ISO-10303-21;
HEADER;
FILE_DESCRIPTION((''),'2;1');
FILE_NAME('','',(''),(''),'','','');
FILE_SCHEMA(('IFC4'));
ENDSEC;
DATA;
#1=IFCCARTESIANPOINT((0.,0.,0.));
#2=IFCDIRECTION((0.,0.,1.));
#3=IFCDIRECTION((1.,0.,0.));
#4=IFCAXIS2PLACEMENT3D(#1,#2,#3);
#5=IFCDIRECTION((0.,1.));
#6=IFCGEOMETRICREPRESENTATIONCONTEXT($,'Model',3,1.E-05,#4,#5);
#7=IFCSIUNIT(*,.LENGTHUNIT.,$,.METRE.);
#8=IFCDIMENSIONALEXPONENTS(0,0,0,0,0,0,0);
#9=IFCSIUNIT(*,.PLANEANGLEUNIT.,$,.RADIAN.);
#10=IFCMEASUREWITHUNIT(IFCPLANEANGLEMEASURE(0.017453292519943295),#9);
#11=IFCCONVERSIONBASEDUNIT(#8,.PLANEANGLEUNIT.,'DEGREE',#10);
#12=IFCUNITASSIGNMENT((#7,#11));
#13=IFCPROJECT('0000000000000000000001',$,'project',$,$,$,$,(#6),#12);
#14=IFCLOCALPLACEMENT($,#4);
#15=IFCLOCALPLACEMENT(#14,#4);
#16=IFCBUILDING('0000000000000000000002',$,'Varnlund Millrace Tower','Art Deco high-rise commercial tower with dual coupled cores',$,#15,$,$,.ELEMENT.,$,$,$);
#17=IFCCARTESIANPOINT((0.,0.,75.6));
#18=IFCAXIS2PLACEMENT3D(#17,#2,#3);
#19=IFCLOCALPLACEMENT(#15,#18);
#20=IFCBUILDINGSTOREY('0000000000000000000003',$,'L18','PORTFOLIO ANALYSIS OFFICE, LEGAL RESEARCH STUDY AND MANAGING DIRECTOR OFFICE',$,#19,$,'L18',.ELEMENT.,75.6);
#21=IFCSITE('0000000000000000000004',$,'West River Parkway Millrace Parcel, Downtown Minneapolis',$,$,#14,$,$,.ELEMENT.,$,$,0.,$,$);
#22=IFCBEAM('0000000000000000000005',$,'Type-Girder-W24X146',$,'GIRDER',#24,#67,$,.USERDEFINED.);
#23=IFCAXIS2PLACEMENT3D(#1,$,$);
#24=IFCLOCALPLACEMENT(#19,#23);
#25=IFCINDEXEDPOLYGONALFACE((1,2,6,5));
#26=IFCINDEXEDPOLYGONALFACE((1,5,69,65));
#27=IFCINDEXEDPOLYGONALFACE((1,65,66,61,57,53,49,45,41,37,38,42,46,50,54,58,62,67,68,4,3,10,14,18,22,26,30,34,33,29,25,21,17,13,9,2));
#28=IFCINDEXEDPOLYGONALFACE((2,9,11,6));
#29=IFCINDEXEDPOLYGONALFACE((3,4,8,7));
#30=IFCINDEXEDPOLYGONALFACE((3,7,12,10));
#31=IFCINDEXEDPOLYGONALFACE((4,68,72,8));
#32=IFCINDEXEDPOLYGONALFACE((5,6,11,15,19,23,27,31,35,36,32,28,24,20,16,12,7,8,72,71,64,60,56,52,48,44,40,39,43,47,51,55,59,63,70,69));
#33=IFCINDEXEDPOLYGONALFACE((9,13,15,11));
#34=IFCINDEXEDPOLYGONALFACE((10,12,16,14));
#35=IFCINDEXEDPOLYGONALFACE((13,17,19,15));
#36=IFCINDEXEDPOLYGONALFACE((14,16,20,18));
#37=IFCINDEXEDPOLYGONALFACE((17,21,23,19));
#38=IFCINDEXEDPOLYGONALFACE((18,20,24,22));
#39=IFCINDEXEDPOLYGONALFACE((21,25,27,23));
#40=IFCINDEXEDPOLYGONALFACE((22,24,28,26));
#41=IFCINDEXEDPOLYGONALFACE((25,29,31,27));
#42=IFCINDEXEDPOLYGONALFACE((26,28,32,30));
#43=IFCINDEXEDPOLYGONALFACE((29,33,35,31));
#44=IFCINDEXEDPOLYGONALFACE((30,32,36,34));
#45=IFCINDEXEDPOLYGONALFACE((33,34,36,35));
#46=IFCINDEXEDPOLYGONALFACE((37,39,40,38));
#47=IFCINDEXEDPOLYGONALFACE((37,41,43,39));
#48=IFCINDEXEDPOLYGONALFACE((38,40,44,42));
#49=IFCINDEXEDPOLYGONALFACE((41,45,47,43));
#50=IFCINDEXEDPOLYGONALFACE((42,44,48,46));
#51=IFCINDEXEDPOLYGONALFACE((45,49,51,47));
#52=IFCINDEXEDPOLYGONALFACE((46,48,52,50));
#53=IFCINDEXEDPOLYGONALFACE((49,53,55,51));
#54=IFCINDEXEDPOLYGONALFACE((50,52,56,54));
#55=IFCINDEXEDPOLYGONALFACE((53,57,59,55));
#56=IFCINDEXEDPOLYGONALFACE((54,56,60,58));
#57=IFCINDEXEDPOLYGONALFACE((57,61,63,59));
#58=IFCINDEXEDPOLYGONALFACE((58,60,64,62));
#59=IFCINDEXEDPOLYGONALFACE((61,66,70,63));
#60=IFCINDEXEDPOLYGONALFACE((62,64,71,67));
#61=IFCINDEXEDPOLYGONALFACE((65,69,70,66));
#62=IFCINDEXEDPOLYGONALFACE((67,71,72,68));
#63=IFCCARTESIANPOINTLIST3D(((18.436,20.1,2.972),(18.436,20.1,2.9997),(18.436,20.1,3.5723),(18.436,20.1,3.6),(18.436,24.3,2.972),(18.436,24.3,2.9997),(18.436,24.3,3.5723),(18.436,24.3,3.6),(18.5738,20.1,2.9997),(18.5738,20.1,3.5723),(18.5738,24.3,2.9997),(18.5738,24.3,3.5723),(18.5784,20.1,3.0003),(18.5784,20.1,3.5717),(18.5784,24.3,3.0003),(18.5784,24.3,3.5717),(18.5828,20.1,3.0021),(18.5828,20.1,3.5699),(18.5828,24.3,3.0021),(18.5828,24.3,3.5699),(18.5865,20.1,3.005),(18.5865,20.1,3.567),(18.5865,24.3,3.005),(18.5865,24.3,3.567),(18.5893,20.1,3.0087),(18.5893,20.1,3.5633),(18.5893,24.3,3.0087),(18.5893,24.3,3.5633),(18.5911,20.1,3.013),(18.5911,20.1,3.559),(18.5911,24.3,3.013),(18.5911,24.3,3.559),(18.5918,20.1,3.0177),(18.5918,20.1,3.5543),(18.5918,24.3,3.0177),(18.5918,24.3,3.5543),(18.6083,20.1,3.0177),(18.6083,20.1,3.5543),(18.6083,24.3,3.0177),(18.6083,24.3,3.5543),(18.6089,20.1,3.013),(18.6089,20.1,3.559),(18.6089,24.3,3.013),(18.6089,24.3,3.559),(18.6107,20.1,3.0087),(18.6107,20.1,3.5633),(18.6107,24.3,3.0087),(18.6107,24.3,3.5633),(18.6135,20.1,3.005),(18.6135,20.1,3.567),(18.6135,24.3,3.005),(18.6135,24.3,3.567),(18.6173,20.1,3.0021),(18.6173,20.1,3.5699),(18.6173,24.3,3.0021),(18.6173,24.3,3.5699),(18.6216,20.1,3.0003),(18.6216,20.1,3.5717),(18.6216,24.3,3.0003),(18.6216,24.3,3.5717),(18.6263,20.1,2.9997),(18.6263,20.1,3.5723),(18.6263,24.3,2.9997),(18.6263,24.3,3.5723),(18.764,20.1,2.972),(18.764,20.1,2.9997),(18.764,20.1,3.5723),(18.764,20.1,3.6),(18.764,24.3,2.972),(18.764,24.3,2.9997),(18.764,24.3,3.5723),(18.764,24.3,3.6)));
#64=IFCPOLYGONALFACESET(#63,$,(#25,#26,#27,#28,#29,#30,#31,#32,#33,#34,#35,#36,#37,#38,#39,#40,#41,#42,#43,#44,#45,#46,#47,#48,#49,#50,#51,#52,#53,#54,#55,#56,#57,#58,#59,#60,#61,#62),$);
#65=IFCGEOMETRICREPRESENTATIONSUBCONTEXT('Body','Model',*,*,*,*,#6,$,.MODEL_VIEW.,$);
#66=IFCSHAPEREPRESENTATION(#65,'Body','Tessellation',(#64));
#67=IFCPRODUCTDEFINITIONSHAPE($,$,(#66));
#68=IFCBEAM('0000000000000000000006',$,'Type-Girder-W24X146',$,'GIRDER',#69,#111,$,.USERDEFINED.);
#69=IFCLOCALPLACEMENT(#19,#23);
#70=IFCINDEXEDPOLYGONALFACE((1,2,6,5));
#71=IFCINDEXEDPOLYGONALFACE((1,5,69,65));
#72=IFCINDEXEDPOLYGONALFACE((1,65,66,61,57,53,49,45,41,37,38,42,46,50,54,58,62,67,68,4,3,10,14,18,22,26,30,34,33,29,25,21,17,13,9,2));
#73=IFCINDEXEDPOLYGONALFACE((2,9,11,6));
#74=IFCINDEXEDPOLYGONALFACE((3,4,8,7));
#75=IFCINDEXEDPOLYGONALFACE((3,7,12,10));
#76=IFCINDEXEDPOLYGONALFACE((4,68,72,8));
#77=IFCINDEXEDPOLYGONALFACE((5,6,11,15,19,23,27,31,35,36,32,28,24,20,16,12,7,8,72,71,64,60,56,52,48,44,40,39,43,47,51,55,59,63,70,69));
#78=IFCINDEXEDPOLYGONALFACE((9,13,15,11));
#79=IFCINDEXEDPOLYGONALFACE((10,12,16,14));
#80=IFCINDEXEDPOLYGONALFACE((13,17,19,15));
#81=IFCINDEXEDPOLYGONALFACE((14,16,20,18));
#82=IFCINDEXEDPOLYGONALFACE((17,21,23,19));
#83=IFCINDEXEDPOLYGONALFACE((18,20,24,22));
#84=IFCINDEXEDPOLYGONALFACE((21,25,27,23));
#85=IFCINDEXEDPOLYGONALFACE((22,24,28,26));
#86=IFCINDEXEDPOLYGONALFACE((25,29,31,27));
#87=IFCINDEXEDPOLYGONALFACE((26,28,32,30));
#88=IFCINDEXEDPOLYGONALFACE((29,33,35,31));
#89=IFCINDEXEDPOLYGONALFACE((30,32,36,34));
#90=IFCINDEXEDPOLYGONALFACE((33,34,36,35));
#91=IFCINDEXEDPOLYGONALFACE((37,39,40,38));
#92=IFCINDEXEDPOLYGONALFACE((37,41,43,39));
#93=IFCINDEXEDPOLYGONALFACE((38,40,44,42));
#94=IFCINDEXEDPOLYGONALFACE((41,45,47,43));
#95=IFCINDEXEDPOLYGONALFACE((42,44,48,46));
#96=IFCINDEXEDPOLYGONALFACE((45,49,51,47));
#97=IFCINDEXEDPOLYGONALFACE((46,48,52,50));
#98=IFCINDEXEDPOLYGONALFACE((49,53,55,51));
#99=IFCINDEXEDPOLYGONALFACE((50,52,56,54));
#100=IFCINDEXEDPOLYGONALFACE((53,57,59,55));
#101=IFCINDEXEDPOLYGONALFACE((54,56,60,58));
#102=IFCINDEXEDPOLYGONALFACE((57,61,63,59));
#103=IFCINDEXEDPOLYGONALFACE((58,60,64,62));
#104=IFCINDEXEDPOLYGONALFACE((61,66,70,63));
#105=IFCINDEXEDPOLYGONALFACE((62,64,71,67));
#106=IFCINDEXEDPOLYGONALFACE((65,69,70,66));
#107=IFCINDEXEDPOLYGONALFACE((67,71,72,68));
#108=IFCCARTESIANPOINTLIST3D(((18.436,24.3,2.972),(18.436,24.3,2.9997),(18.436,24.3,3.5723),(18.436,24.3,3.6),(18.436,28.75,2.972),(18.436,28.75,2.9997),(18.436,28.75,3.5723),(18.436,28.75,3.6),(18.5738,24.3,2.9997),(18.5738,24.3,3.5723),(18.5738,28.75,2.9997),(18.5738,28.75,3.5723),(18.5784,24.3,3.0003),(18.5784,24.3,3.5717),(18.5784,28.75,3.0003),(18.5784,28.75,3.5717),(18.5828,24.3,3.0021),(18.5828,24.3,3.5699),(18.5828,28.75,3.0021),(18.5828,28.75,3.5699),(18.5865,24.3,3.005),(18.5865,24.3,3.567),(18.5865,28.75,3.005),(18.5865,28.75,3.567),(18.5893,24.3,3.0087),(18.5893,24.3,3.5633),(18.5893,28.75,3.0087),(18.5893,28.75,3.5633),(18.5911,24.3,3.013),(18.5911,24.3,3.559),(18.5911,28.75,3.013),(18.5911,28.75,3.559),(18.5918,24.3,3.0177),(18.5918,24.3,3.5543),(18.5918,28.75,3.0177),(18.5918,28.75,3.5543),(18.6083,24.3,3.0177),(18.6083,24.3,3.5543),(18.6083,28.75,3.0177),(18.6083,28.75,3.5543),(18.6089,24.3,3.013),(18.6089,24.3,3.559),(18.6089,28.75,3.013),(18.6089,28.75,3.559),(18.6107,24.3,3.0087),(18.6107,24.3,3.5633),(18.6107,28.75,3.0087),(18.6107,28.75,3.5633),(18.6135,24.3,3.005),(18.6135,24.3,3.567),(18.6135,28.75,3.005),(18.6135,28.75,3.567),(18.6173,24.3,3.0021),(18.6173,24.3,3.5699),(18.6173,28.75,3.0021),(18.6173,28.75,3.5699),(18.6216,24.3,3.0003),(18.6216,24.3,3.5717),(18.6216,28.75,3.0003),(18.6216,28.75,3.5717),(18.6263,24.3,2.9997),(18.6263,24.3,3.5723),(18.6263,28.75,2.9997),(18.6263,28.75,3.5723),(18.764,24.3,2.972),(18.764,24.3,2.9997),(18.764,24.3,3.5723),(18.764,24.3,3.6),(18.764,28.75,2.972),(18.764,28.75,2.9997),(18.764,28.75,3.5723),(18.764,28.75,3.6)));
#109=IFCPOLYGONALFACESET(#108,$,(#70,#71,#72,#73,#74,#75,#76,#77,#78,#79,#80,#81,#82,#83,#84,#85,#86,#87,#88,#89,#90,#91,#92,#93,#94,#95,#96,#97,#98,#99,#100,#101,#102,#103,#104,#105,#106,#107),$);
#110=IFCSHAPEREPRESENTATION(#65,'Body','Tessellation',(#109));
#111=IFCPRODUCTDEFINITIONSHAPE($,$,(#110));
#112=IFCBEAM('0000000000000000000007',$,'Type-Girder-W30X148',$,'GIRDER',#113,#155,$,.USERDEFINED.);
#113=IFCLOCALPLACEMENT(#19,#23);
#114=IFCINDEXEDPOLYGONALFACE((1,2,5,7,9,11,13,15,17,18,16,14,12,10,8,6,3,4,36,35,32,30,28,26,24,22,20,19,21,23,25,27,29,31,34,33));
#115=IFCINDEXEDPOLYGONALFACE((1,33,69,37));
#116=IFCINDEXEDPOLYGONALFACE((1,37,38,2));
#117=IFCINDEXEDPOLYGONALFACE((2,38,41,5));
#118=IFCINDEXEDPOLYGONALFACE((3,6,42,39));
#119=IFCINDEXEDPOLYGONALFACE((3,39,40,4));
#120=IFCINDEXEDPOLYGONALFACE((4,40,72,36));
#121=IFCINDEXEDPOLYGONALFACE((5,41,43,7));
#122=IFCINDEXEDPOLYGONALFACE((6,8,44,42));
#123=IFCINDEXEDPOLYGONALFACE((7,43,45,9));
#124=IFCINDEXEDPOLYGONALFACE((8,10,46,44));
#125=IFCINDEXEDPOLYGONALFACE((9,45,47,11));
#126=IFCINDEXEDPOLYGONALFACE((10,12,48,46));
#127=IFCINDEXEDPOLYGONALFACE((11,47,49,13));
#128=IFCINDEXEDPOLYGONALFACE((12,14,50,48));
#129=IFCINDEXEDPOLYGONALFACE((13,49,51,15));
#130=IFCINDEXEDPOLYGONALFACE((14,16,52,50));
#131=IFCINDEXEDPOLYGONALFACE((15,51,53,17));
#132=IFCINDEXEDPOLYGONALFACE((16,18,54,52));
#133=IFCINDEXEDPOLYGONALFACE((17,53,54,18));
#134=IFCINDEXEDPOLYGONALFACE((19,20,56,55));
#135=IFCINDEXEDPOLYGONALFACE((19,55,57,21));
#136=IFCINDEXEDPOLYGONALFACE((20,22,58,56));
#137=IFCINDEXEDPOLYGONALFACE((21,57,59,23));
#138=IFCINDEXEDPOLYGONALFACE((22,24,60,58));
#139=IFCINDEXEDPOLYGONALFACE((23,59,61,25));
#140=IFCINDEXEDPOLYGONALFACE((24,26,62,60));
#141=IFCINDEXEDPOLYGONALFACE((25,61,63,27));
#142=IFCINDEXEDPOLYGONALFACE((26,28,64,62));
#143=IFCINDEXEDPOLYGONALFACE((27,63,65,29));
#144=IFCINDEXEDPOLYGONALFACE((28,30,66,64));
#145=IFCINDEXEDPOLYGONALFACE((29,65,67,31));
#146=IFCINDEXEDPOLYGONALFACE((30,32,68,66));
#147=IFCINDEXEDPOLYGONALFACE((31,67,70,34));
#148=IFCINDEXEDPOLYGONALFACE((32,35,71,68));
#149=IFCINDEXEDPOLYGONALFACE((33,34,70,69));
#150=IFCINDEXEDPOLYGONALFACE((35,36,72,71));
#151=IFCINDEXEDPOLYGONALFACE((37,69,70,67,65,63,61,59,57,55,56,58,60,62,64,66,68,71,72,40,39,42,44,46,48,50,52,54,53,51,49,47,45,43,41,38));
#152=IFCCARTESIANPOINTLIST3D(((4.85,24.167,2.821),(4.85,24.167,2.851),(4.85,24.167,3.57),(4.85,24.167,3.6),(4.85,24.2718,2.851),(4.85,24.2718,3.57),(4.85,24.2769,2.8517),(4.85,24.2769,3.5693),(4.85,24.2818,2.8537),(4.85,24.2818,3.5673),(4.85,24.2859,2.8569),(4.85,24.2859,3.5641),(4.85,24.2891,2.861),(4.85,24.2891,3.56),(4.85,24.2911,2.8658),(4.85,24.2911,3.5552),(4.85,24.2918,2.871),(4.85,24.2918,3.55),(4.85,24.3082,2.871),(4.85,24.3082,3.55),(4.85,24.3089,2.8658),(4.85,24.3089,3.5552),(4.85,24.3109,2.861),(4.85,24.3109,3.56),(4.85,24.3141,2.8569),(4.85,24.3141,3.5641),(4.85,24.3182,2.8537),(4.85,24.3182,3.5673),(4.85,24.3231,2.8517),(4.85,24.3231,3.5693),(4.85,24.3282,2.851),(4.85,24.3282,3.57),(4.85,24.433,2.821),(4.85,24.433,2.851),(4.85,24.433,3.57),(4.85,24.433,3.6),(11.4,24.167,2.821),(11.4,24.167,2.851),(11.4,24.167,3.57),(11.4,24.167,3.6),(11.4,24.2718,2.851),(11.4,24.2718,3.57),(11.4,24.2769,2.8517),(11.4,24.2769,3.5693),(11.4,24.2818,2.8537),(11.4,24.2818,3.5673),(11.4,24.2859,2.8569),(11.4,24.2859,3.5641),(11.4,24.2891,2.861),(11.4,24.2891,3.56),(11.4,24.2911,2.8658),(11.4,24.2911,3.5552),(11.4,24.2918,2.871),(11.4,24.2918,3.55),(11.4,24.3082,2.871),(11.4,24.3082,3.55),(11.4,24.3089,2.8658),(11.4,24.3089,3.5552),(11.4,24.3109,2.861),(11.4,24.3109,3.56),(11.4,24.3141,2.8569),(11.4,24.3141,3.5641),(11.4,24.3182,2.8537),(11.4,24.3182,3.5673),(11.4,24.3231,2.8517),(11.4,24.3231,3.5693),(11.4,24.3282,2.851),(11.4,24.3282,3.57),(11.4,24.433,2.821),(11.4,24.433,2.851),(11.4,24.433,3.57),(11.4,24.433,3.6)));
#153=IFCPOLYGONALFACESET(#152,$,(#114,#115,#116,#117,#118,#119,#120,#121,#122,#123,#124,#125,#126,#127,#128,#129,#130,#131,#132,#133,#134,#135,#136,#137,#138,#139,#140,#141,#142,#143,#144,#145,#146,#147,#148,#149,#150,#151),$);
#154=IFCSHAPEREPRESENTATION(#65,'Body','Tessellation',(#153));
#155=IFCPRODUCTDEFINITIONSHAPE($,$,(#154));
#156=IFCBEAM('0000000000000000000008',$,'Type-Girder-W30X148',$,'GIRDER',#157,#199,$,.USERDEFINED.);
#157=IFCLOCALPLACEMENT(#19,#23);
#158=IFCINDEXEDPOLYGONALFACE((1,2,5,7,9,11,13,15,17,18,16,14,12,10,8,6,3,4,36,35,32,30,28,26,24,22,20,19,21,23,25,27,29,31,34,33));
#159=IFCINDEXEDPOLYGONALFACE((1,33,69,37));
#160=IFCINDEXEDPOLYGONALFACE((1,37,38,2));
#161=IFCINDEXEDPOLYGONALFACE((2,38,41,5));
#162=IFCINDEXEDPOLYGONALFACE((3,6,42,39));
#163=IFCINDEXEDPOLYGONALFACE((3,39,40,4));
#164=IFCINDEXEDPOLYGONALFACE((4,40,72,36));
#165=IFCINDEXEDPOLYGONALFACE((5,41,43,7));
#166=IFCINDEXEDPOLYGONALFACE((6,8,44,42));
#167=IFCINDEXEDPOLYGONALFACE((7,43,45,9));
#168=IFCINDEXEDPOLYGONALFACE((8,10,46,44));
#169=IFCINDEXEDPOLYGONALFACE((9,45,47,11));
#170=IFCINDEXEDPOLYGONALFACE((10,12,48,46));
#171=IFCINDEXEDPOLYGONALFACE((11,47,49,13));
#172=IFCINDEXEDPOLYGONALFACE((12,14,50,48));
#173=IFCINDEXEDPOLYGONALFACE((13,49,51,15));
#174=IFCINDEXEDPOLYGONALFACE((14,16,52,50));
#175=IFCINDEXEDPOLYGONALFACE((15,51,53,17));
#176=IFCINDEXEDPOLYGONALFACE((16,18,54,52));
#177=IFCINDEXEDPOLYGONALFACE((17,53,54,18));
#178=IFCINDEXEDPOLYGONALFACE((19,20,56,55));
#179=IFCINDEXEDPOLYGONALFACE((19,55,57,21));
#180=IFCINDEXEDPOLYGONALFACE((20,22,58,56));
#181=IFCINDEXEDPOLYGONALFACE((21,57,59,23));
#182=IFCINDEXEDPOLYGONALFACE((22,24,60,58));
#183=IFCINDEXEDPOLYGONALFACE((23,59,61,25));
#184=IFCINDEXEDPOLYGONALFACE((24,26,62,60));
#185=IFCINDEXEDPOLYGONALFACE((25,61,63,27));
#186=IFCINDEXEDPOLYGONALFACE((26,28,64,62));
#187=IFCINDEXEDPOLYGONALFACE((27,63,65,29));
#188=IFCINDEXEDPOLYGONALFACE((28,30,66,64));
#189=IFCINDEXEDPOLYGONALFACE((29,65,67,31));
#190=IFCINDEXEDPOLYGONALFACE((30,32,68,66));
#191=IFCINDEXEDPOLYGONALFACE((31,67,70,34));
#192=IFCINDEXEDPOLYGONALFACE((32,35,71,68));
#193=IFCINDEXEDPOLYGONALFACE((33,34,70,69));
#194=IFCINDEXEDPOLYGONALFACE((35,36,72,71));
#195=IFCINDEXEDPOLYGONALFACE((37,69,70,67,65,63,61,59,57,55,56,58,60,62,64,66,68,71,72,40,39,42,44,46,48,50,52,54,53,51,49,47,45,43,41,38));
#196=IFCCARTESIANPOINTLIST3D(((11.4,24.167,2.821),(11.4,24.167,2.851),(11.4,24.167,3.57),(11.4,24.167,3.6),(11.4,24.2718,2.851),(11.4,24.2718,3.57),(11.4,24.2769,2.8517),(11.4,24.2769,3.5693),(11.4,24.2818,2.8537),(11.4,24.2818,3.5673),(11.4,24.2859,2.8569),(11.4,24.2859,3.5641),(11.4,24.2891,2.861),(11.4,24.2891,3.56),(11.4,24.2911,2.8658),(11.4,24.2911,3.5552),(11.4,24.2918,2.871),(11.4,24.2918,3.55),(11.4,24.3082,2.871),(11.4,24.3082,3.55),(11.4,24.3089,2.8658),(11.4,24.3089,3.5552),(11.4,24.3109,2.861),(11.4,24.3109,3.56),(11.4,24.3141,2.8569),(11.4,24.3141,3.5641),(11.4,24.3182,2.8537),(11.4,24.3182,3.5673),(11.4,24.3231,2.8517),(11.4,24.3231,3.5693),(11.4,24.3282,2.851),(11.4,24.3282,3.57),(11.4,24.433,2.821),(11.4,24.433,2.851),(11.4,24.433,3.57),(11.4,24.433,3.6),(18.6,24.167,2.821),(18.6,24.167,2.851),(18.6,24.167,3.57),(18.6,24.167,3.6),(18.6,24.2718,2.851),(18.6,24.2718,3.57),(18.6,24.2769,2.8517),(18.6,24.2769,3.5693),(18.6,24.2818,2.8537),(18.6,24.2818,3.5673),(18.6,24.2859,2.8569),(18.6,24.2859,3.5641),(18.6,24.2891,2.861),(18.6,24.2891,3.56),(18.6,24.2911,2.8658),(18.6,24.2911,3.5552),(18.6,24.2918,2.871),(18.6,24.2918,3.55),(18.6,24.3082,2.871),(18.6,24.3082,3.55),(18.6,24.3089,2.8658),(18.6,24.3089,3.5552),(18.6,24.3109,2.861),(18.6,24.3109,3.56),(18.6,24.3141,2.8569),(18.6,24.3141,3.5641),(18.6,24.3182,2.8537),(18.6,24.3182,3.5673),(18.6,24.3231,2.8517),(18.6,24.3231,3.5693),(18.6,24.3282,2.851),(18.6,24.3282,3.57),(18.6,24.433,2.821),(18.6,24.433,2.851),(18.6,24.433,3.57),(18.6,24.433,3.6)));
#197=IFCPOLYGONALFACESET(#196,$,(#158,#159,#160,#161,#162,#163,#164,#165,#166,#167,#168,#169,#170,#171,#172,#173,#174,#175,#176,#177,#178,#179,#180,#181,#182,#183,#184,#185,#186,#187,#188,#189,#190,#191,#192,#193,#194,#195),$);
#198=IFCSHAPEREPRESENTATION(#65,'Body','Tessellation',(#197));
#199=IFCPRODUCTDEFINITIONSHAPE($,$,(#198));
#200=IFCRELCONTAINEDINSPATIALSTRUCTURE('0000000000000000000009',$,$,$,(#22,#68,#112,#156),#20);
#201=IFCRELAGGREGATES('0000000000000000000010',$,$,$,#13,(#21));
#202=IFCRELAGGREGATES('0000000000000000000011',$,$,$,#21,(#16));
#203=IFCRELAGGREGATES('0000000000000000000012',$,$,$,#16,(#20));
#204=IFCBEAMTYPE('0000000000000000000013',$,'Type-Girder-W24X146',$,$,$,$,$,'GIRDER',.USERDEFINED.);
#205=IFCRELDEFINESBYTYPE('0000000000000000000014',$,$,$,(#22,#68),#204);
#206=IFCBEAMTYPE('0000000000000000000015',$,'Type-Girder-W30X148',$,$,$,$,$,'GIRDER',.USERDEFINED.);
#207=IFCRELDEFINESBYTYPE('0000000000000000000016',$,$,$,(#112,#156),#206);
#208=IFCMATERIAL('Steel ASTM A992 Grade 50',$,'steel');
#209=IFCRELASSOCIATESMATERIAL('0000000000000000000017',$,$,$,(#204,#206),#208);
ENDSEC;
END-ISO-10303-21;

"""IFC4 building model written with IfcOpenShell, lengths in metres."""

from ifc_helpers import new_model, entity, si_unit, converted_unit, direction, frame, origin_with_axes, origin_2d_with_axis, place, context, subcontext, project, spatial, i_section, extrude, material, material_profile, profile_set, type_object, element, save


model = new_model("IFC4")

# Units and contexts
model_context = context("Model", 3, precision=1e-05, world=origin_with_axes(), true_north=direction((0.0, 1.0)))
body_context = subcontext(model_context, "Body", "Model", "MODEL_VIEW")
ifc_project = project(units=[si_unit("LENGTHUNIT", "METRE"), converted_unit("PLANEANGLEUNIT", "DEGREE", entity("IfcPlaneAngleMeasure", 0.017453292519943295), si_unit("PLANEANGLEUNIT", "RADIAN"), dimensions=[0, 0, 0, 0, 0, 0, 0])], contexts=[model_context])

# Site, building, storey
site_placement = place(None, origin_with_axes())
site = spatial("IfcSite", under=ifc_project, at=site_placement, Name="West River Parkway Millrace Parcel, Downtown Minneapolis", CompositionType="ELEMENT", RefElevation=0.0)
building_placement = place(site_placement, origin_with_axes())
building = spatial("IfcBuilding", under=site, at=building_placement, Name="Varnlund Millrace Tower", Description="Art Deco high-rise commercial tower with dual coupled cores", CompositionType="ELEMENT")
storey_placement = place(building_placement, frame((0.0, 0.0, 75.6), z_axis=(0.0, 0.0, 1.0), x_axis=(1.0, 0.0, 0.0)))
storey = spatial("IfcBuildingStorey", under=building, at=storey_placement, Name="L18", Description="PORTFOLIO ANALYSIS OFFICE, LEGAL RESEARCH STUDY AND MANAGING DIRECTOR OFFICE", LongName="L18", CompositionType="ELEMENT", Elevation=75.6)

# Beams
ifc_material_1 = material(Name="Steel ASTM A992 Grade 50", Category="steel")
ifc_material_profile_1 = material_profile(ifc_material_1, i_section(OverallWidth=0.328, OverallDepth=0.628, WebThickness=0.0165, FlangeThickness=0.0277, FilletRadius=0.018, at=origin_2d_with_axis()), Name="Steel ASTM A992 Grade 50")
ifc_profile_set_1 = profile_set([ifc_material_profile_1], Name="Steel ASTM A992 Grade 50")
beam_type_1 = type_object("IfcBeamType", Name="Type-Girder-W24X146", ElementType="GIRDER", PredefinedType="USERDEFINED", material=ifc_profile_set_1)
beam_1_placement = place(storey_placement, frame((18.6, 20.1, 3.286), z_axis=(0.0, 1.0, 0.0), x_axis=(-1.0, 0.0, 0.0)))
element("IfcBeam", 1, at=beam_1_placement, inside=storey, type_object=beam_type_1, Name="Type-Girder-W24X146", ObjectType="GIRDER", PredefinedType="USERDEFINED", context=body_context, shape_type="SweptSolid", body=[
    extrude(i_section(OverallWidth=0.328, OverallDepth=0.628, WebThickness=0.0165, FlangeThickness=0.0277, FilletRadius=0.018, at=origin_2d_with_axis()), origin_with_axes(), (0.0, 0.0, 1.0), 4.2),
])
beam_2_placement = place(storey_placement, frame((18.6, 24.3, 3.286), z_axis=(0.0, 1.0, 0.0), x_axis=(-1.0, 0.0, 0.0)))
element("IfcBeam", 2, at=beam_2_placement, inside=storey, type_object=beam_type_1, Name="Type-Girder-W24X146", ObjectType="GIRDER", PredefinedType="USERDEFINED", context=body_context, shape_type="SweptSolid", body=[
    extrude(i_section(OverallWidth=0.328, OverallDepth=0.628, WebThickness=0.0165, FlangeThickness=0.0277, FilletRadius=0.018, at=origin_2d_with_axis()), origin_with_axes(), (0.0, 0.0, 1.0), 4.45),
])
ifc_material_profile_2 = material_profile(ifc_material_1, i_section(OverallWidth=0.266, OverallDepth=0.779, WebThickness=0.0165, FlangeThickness=0.03, FilletRadius=0.02, at=origin_2d_with_axis()), Name="Steel ASTM A992 Grade 50")
ifc_profile_set_2 = profile_set([ifc_material_profile_2], Name="Steel ASTM A992 Grade 50")
beam_type_2 = type_object("IfcBeamType", Name="Type-Girder-W30X148", ElementType="GIRDER", PredefinedType="USERDEFINED", material=ifc_profile_set_2)
beam_3_placement = place(storey_placement, frame((4.85, 24.3, 3.2105), z_axis=(1.0, 0.0, 0.0), x_axis=(0.0, 1.0, 0.0)))
element("IfcBeam", 3, at=beam_3_placement, inside=storey, type_object=beam_type_2, Name="Type-Girder-W30X148", ObjectType="GIRDER", PredefinedType="USERDEFINED", context=body_context, shape_type="SweptSolid", body=[
    extrude(i_section(OverallWidth=0.266, OverallDepth=0.779, WebThickness=0.0165, FlangeThickness=0.03, FilletRadius=0.02, at=origin_2d_with_axis()), origin_with_axes(), (0.0, 0.0, 1.0), 6.55),
])
beam_4_placement = place(storey_placement, frame((11.4, 24.3, 3.2105), z_axis=(1.0, 0.0, 0.0), x_axis=(0.0, 1.0, 0.0)))
element("IfcBeam", 4, at=beam_4_placement, inside=storey, type_object=beam_type_2, Name="Type-Girder-W30X148", ObjectType="GIRDER", PredefinedType="USERDEFINED", context=body_context, shape_type="SweptSolid", body=[
    extrude(i_section(OverallWidth=0.266, OverallDepth=0.779, WebThickness=0.0165, FlangeThickness=0.03, FilletRadius=0.02, at=origin_2d_with_axis()), origin_with_axes(), (0.0, 0.0, 1.0), 7.2),
])

save(model, "model.ifc")
